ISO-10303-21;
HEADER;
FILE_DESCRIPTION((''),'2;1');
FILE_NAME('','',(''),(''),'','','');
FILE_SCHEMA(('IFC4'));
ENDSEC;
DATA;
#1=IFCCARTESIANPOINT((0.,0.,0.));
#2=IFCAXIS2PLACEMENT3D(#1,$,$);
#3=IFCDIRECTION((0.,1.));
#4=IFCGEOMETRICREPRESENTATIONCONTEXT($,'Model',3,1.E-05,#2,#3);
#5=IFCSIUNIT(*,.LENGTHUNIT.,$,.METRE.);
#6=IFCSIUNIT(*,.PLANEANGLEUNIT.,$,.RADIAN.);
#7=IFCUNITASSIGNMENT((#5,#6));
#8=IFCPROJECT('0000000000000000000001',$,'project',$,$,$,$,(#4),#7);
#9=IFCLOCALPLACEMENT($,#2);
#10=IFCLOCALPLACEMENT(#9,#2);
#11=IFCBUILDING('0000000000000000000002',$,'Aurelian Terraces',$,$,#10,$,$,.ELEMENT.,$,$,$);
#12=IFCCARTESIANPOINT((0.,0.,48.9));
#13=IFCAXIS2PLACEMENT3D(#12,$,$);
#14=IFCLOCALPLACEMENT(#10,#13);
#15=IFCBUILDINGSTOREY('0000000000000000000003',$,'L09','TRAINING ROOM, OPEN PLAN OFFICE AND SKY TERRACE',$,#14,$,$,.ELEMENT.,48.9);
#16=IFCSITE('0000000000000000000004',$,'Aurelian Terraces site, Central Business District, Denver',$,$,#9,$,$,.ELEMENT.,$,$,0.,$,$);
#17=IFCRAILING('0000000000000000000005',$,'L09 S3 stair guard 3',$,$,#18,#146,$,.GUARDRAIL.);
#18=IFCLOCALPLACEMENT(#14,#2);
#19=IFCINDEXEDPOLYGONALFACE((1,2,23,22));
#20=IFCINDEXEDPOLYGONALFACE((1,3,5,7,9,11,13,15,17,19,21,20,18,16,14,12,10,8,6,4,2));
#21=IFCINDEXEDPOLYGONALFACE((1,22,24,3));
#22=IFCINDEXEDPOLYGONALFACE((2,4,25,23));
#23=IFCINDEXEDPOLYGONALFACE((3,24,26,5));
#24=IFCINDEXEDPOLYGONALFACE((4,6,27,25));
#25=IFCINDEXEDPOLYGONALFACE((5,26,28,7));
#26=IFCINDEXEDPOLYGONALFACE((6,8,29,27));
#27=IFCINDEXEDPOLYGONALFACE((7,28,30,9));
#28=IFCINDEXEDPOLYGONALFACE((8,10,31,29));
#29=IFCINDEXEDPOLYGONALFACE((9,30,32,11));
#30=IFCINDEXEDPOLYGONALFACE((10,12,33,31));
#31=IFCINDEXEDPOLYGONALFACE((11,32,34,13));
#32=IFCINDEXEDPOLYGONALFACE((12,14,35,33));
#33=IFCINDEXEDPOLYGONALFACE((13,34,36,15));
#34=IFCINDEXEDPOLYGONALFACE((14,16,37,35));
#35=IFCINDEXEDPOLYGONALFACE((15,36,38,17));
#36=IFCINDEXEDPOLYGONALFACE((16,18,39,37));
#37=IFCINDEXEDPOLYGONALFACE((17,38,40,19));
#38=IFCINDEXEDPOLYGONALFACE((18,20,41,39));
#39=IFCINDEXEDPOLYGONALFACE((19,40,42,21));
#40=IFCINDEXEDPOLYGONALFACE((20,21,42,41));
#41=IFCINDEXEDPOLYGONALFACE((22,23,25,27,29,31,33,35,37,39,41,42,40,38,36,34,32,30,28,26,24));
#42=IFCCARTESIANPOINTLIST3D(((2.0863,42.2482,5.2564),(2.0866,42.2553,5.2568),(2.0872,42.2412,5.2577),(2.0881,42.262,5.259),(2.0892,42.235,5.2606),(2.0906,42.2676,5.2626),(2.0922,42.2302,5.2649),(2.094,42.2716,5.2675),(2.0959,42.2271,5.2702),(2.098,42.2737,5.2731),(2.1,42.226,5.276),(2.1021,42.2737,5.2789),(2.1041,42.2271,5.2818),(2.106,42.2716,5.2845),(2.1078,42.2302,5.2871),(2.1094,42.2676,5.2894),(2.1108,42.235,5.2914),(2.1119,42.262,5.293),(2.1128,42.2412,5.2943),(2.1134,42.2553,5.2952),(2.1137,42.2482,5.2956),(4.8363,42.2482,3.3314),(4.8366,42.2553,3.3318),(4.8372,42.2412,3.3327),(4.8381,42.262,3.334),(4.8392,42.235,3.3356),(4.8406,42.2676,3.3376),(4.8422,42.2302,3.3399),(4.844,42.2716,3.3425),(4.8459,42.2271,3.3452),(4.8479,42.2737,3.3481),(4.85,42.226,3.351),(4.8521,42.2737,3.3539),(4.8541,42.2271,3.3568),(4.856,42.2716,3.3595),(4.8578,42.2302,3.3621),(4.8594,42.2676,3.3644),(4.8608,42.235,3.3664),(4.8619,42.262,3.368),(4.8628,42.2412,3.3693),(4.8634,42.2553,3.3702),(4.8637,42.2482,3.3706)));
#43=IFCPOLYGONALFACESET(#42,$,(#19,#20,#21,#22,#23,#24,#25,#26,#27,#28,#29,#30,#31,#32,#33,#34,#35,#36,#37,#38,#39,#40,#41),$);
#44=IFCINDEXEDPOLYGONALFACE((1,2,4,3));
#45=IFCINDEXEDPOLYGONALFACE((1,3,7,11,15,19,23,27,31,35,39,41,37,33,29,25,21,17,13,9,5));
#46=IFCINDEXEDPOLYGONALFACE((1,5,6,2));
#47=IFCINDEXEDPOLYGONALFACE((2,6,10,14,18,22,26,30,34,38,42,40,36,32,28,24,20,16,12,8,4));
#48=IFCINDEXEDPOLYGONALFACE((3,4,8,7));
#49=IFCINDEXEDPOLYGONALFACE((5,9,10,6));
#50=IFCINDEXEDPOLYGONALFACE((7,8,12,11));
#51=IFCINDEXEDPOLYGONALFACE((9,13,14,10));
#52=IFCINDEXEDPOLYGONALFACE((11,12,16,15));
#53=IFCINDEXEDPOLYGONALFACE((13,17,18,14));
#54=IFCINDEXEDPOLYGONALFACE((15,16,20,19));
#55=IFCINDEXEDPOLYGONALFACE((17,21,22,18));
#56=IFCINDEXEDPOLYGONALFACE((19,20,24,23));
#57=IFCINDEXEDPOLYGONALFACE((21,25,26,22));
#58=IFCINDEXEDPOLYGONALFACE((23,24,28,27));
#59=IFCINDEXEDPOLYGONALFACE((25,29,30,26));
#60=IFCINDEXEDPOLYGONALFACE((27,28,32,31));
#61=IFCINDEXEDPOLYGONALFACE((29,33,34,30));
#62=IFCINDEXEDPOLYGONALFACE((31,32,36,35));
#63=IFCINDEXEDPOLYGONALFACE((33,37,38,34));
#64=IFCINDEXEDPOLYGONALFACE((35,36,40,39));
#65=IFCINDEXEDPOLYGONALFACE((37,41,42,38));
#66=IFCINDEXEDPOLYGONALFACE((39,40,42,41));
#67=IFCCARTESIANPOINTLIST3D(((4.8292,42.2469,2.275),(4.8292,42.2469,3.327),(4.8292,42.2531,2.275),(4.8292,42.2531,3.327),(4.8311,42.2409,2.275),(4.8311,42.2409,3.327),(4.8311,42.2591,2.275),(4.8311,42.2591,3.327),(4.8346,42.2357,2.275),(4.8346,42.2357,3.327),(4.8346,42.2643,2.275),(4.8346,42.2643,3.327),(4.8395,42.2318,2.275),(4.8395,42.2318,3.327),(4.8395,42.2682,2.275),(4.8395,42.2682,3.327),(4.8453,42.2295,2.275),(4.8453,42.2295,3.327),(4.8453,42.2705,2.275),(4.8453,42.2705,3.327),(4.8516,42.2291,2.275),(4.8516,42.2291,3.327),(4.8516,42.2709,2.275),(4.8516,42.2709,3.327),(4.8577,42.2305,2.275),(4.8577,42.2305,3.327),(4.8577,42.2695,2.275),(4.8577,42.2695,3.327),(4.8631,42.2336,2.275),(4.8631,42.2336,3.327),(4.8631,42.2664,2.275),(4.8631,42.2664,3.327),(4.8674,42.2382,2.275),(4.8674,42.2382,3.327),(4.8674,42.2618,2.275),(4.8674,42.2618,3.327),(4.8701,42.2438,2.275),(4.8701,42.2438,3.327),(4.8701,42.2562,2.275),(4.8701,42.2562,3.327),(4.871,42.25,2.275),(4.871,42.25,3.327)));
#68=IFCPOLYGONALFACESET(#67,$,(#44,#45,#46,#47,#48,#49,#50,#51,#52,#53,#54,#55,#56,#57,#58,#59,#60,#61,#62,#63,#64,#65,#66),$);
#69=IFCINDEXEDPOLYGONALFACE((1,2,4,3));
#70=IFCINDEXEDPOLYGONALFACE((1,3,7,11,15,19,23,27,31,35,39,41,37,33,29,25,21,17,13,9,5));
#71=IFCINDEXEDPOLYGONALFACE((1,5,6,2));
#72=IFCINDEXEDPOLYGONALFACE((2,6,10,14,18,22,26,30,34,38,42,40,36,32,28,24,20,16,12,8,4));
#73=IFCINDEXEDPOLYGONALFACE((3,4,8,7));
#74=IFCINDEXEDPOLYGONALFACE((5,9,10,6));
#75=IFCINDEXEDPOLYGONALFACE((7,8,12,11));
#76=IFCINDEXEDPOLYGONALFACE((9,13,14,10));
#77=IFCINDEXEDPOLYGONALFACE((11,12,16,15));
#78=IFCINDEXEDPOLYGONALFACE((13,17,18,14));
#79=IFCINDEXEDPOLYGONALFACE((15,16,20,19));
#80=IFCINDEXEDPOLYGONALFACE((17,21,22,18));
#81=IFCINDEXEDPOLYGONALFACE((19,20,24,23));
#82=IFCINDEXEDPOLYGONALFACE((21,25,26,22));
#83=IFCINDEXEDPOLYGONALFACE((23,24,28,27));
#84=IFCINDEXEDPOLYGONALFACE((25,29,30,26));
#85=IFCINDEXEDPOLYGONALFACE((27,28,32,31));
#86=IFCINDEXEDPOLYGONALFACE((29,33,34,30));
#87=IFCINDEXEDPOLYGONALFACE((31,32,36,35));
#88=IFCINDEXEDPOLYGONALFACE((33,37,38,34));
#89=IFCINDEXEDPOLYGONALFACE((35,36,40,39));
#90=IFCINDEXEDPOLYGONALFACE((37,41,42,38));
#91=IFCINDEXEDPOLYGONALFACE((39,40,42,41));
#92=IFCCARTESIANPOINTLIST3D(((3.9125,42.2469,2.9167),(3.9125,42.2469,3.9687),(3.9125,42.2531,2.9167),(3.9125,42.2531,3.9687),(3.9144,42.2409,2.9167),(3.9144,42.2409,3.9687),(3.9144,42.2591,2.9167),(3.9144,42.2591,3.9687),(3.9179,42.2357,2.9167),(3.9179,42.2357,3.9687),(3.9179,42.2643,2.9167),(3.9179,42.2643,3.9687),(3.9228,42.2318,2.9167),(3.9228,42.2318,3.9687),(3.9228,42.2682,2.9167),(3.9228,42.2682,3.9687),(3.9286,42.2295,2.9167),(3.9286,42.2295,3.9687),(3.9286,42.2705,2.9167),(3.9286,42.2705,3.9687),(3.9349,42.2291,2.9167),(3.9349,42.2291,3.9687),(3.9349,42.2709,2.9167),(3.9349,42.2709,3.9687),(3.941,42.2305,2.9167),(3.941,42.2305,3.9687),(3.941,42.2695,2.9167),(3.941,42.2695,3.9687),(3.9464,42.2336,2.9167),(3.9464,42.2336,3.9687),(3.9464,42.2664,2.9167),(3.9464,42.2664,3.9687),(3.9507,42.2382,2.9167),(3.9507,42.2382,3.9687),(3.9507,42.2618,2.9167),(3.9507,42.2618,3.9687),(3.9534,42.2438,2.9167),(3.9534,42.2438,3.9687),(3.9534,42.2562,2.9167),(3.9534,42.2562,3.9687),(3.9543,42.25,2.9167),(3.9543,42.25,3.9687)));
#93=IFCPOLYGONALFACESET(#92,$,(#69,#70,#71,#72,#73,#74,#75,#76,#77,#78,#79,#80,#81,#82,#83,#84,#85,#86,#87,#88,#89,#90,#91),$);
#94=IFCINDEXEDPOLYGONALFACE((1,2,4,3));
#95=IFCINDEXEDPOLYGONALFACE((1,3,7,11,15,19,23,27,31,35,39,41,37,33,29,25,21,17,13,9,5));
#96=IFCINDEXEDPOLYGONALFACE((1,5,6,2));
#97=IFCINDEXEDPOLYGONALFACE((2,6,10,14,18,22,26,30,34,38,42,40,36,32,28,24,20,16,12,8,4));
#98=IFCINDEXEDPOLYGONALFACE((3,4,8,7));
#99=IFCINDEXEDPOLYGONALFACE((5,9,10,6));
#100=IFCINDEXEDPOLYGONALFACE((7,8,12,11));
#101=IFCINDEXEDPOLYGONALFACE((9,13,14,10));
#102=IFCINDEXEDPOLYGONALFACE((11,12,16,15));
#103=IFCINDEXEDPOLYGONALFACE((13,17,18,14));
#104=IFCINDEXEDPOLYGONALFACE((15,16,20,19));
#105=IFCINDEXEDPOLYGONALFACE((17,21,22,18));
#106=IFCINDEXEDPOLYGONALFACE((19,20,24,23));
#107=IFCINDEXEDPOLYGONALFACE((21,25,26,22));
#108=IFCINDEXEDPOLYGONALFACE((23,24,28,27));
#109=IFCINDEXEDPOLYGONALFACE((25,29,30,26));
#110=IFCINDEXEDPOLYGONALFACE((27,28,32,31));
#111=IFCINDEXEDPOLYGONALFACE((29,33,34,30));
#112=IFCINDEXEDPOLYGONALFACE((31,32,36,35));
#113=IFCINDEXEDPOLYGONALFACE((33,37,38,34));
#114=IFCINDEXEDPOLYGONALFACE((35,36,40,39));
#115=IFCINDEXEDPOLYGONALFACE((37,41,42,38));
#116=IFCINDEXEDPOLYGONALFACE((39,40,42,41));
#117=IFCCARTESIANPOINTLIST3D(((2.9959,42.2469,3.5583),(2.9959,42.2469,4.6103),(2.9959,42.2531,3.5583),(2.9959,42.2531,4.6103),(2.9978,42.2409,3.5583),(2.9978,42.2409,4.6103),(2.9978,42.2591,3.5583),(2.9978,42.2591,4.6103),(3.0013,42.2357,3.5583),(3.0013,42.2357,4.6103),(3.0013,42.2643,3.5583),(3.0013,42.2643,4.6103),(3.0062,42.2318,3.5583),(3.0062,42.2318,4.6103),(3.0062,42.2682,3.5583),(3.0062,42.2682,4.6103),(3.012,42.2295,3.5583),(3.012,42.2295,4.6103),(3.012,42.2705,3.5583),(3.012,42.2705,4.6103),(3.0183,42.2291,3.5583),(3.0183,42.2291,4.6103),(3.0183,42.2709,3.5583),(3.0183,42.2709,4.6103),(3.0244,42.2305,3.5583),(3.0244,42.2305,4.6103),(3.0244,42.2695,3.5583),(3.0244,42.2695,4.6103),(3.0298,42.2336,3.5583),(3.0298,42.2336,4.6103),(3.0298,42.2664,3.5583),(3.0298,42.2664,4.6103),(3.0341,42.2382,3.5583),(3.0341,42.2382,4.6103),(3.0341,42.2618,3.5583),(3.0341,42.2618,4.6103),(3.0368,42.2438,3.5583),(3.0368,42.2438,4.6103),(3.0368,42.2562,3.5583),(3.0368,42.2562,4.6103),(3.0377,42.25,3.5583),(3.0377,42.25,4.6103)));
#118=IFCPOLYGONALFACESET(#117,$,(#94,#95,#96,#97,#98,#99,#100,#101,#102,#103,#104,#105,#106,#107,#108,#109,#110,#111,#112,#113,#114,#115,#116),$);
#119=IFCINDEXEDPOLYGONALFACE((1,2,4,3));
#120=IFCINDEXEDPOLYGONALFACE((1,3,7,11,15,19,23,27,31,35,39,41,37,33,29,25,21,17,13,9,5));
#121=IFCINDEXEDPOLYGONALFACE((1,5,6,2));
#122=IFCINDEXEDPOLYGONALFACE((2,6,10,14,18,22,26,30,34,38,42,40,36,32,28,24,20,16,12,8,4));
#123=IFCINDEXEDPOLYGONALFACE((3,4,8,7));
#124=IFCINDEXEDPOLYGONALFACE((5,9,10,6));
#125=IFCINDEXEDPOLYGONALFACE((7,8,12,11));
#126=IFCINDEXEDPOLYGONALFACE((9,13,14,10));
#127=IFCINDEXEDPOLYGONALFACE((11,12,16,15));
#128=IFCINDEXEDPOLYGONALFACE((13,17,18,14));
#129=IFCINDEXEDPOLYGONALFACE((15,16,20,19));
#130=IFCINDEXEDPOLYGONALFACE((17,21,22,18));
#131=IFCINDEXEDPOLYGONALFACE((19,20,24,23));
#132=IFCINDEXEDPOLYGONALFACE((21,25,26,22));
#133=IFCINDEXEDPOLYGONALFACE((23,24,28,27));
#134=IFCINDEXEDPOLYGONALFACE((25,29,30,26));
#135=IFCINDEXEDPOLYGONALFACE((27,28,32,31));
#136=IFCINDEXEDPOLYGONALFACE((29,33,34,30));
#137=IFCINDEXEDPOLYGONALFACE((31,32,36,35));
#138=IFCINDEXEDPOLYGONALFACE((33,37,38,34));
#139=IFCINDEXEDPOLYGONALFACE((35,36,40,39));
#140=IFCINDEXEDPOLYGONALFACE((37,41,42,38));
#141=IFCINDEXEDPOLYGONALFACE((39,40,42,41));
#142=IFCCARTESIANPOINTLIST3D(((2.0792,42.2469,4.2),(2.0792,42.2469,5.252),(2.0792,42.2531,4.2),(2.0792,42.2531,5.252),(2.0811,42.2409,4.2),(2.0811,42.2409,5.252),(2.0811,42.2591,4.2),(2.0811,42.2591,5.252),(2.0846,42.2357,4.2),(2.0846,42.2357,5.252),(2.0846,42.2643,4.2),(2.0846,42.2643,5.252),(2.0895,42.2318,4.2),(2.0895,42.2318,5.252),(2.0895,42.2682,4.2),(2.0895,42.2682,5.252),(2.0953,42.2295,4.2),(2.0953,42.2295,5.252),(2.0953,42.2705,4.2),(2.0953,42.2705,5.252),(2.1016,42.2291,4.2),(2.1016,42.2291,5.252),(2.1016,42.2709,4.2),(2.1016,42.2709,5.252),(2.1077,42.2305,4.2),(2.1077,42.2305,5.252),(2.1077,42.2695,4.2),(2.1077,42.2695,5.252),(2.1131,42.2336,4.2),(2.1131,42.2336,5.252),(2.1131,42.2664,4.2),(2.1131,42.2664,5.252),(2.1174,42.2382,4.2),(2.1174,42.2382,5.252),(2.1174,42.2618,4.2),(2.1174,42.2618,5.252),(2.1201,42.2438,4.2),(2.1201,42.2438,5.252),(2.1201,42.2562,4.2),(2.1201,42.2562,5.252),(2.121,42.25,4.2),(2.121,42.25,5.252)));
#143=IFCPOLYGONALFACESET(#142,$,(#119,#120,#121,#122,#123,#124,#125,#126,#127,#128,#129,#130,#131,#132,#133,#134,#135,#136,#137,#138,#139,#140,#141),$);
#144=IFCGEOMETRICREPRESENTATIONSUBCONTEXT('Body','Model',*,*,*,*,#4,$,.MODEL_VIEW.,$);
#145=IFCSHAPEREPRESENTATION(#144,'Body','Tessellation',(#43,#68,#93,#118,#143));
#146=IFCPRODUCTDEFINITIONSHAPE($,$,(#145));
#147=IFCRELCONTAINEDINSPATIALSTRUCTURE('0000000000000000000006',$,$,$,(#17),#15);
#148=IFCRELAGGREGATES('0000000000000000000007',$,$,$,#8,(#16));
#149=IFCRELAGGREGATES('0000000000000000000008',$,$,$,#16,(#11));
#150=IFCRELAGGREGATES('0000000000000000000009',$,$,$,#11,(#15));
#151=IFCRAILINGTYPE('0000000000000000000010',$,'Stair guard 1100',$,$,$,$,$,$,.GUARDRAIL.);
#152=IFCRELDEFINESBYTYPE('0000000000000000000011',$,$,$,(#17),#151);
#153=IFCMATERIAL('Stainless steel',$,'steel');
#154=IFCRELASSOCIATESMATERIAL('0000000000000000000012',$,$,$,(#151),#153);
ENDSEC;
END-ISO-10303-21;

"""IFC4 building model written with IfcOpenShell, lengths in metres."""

from ifc_helpers import new_model, si_unit, direction, frame, origin, origin_2d, place, context, subcontext, project, spatial, circle, extrude, source, transform, mapped, material, type_object, element, save


model = new_model("IFC4")

# Units and contexts
model_context = context("Model", 3, precision=1e-05, world=origin(), true_north=direction((0.0, 1.0)))
body_context = subcontext(model_context, "Body", "Model", "MODEL_VIEW")
ifc_project = project(units=[si_unit("LENGTHUNIT", "METRE"), si_unit("PLANEANGLEUNIT", "RADIAN")], contexts=[model_context])

# Site, building, storey
site_placement = place(None, origin())
site = spatial("IfcSite", under=ifc_project, at=site_placement, Name="Aurelian Terraces site, Central Business District, Denver", CompositionType="ELEMENT", RefElevation=0.0)
building_placement = place(site_placement, origin())
building = spatial("IfcBuilding", under=site, at=building_placement, Name="Aurelian Terraces", CompositionType="ELEMENT")
storey_placement = place(building_placement, frame((0.0, 0.0, 48.9)))
storey = spatial("IfcBuildingStorey", under=building, at=storey_placement, Name="L09", Description="TRAINING ROOM, OPEN PLAN OFFICE AND SKY TERRACE", CompositionType="ELEMENT", Elevation=48.9)

# Railing
ifc_material_1 = material(Name="Stainless steel", Category="steel")
railing_type_1 = type_object("IfcRailingType", Name="Stair guard 1100", PredefinedType="GUARDRAIL", material=ifc_material_1)
shared_shape_1 = source(origin(), body_context, "Body", "SweptSolid", [
    extrude(circle(Radius=0.024, at=origin_2d()), frame((0.0, 0.0, 1.076), z_axis=(-0.819232, 0.0, 0.573462), x_axis=(0.0, -1.0, 0.0)), (0.0, 0.0, 1.0), 3.3568),
    extrude(circle(Radius=0.021, at=origin_2d()), origin(), (0.0, 0.0, 1.0), 1.052),
    extrude(circle(Radius=0.021, at=origin_2d()), frame((-0.9167, 0.0, 0.6417)), (0.0, 0.0, 1.0), 1.052),
    extrude(circle(Radius=0.021, at=origin_2d()), frame((-1.8333, 0.0, 1.2833)), (0.0, 0.0, 1.0), 1.052),
    extrude(circle(Radius=0.021, at=origin_2d()), frame((-2.75, 0.0, 1.925)), (0.0, 0.0, 1.0), 1.052),
])
railing_1_placement = place(storey_placement, frame((4.85, 42.25, 2.275)))
element("IfcRailing", 1, at=railing_1_placement, inside=storey, type_object=railing_type_1, Name="L09 S3 stair guard 3", PredefinedType="GUARDRAIL", context=body_context, shape_type="MappedRepresentation", body=[
    mapped(shared_shape_1, transform((0.0, 0.0, 0.0), scale=1.0)),
])

save(model, "model.ifc")
